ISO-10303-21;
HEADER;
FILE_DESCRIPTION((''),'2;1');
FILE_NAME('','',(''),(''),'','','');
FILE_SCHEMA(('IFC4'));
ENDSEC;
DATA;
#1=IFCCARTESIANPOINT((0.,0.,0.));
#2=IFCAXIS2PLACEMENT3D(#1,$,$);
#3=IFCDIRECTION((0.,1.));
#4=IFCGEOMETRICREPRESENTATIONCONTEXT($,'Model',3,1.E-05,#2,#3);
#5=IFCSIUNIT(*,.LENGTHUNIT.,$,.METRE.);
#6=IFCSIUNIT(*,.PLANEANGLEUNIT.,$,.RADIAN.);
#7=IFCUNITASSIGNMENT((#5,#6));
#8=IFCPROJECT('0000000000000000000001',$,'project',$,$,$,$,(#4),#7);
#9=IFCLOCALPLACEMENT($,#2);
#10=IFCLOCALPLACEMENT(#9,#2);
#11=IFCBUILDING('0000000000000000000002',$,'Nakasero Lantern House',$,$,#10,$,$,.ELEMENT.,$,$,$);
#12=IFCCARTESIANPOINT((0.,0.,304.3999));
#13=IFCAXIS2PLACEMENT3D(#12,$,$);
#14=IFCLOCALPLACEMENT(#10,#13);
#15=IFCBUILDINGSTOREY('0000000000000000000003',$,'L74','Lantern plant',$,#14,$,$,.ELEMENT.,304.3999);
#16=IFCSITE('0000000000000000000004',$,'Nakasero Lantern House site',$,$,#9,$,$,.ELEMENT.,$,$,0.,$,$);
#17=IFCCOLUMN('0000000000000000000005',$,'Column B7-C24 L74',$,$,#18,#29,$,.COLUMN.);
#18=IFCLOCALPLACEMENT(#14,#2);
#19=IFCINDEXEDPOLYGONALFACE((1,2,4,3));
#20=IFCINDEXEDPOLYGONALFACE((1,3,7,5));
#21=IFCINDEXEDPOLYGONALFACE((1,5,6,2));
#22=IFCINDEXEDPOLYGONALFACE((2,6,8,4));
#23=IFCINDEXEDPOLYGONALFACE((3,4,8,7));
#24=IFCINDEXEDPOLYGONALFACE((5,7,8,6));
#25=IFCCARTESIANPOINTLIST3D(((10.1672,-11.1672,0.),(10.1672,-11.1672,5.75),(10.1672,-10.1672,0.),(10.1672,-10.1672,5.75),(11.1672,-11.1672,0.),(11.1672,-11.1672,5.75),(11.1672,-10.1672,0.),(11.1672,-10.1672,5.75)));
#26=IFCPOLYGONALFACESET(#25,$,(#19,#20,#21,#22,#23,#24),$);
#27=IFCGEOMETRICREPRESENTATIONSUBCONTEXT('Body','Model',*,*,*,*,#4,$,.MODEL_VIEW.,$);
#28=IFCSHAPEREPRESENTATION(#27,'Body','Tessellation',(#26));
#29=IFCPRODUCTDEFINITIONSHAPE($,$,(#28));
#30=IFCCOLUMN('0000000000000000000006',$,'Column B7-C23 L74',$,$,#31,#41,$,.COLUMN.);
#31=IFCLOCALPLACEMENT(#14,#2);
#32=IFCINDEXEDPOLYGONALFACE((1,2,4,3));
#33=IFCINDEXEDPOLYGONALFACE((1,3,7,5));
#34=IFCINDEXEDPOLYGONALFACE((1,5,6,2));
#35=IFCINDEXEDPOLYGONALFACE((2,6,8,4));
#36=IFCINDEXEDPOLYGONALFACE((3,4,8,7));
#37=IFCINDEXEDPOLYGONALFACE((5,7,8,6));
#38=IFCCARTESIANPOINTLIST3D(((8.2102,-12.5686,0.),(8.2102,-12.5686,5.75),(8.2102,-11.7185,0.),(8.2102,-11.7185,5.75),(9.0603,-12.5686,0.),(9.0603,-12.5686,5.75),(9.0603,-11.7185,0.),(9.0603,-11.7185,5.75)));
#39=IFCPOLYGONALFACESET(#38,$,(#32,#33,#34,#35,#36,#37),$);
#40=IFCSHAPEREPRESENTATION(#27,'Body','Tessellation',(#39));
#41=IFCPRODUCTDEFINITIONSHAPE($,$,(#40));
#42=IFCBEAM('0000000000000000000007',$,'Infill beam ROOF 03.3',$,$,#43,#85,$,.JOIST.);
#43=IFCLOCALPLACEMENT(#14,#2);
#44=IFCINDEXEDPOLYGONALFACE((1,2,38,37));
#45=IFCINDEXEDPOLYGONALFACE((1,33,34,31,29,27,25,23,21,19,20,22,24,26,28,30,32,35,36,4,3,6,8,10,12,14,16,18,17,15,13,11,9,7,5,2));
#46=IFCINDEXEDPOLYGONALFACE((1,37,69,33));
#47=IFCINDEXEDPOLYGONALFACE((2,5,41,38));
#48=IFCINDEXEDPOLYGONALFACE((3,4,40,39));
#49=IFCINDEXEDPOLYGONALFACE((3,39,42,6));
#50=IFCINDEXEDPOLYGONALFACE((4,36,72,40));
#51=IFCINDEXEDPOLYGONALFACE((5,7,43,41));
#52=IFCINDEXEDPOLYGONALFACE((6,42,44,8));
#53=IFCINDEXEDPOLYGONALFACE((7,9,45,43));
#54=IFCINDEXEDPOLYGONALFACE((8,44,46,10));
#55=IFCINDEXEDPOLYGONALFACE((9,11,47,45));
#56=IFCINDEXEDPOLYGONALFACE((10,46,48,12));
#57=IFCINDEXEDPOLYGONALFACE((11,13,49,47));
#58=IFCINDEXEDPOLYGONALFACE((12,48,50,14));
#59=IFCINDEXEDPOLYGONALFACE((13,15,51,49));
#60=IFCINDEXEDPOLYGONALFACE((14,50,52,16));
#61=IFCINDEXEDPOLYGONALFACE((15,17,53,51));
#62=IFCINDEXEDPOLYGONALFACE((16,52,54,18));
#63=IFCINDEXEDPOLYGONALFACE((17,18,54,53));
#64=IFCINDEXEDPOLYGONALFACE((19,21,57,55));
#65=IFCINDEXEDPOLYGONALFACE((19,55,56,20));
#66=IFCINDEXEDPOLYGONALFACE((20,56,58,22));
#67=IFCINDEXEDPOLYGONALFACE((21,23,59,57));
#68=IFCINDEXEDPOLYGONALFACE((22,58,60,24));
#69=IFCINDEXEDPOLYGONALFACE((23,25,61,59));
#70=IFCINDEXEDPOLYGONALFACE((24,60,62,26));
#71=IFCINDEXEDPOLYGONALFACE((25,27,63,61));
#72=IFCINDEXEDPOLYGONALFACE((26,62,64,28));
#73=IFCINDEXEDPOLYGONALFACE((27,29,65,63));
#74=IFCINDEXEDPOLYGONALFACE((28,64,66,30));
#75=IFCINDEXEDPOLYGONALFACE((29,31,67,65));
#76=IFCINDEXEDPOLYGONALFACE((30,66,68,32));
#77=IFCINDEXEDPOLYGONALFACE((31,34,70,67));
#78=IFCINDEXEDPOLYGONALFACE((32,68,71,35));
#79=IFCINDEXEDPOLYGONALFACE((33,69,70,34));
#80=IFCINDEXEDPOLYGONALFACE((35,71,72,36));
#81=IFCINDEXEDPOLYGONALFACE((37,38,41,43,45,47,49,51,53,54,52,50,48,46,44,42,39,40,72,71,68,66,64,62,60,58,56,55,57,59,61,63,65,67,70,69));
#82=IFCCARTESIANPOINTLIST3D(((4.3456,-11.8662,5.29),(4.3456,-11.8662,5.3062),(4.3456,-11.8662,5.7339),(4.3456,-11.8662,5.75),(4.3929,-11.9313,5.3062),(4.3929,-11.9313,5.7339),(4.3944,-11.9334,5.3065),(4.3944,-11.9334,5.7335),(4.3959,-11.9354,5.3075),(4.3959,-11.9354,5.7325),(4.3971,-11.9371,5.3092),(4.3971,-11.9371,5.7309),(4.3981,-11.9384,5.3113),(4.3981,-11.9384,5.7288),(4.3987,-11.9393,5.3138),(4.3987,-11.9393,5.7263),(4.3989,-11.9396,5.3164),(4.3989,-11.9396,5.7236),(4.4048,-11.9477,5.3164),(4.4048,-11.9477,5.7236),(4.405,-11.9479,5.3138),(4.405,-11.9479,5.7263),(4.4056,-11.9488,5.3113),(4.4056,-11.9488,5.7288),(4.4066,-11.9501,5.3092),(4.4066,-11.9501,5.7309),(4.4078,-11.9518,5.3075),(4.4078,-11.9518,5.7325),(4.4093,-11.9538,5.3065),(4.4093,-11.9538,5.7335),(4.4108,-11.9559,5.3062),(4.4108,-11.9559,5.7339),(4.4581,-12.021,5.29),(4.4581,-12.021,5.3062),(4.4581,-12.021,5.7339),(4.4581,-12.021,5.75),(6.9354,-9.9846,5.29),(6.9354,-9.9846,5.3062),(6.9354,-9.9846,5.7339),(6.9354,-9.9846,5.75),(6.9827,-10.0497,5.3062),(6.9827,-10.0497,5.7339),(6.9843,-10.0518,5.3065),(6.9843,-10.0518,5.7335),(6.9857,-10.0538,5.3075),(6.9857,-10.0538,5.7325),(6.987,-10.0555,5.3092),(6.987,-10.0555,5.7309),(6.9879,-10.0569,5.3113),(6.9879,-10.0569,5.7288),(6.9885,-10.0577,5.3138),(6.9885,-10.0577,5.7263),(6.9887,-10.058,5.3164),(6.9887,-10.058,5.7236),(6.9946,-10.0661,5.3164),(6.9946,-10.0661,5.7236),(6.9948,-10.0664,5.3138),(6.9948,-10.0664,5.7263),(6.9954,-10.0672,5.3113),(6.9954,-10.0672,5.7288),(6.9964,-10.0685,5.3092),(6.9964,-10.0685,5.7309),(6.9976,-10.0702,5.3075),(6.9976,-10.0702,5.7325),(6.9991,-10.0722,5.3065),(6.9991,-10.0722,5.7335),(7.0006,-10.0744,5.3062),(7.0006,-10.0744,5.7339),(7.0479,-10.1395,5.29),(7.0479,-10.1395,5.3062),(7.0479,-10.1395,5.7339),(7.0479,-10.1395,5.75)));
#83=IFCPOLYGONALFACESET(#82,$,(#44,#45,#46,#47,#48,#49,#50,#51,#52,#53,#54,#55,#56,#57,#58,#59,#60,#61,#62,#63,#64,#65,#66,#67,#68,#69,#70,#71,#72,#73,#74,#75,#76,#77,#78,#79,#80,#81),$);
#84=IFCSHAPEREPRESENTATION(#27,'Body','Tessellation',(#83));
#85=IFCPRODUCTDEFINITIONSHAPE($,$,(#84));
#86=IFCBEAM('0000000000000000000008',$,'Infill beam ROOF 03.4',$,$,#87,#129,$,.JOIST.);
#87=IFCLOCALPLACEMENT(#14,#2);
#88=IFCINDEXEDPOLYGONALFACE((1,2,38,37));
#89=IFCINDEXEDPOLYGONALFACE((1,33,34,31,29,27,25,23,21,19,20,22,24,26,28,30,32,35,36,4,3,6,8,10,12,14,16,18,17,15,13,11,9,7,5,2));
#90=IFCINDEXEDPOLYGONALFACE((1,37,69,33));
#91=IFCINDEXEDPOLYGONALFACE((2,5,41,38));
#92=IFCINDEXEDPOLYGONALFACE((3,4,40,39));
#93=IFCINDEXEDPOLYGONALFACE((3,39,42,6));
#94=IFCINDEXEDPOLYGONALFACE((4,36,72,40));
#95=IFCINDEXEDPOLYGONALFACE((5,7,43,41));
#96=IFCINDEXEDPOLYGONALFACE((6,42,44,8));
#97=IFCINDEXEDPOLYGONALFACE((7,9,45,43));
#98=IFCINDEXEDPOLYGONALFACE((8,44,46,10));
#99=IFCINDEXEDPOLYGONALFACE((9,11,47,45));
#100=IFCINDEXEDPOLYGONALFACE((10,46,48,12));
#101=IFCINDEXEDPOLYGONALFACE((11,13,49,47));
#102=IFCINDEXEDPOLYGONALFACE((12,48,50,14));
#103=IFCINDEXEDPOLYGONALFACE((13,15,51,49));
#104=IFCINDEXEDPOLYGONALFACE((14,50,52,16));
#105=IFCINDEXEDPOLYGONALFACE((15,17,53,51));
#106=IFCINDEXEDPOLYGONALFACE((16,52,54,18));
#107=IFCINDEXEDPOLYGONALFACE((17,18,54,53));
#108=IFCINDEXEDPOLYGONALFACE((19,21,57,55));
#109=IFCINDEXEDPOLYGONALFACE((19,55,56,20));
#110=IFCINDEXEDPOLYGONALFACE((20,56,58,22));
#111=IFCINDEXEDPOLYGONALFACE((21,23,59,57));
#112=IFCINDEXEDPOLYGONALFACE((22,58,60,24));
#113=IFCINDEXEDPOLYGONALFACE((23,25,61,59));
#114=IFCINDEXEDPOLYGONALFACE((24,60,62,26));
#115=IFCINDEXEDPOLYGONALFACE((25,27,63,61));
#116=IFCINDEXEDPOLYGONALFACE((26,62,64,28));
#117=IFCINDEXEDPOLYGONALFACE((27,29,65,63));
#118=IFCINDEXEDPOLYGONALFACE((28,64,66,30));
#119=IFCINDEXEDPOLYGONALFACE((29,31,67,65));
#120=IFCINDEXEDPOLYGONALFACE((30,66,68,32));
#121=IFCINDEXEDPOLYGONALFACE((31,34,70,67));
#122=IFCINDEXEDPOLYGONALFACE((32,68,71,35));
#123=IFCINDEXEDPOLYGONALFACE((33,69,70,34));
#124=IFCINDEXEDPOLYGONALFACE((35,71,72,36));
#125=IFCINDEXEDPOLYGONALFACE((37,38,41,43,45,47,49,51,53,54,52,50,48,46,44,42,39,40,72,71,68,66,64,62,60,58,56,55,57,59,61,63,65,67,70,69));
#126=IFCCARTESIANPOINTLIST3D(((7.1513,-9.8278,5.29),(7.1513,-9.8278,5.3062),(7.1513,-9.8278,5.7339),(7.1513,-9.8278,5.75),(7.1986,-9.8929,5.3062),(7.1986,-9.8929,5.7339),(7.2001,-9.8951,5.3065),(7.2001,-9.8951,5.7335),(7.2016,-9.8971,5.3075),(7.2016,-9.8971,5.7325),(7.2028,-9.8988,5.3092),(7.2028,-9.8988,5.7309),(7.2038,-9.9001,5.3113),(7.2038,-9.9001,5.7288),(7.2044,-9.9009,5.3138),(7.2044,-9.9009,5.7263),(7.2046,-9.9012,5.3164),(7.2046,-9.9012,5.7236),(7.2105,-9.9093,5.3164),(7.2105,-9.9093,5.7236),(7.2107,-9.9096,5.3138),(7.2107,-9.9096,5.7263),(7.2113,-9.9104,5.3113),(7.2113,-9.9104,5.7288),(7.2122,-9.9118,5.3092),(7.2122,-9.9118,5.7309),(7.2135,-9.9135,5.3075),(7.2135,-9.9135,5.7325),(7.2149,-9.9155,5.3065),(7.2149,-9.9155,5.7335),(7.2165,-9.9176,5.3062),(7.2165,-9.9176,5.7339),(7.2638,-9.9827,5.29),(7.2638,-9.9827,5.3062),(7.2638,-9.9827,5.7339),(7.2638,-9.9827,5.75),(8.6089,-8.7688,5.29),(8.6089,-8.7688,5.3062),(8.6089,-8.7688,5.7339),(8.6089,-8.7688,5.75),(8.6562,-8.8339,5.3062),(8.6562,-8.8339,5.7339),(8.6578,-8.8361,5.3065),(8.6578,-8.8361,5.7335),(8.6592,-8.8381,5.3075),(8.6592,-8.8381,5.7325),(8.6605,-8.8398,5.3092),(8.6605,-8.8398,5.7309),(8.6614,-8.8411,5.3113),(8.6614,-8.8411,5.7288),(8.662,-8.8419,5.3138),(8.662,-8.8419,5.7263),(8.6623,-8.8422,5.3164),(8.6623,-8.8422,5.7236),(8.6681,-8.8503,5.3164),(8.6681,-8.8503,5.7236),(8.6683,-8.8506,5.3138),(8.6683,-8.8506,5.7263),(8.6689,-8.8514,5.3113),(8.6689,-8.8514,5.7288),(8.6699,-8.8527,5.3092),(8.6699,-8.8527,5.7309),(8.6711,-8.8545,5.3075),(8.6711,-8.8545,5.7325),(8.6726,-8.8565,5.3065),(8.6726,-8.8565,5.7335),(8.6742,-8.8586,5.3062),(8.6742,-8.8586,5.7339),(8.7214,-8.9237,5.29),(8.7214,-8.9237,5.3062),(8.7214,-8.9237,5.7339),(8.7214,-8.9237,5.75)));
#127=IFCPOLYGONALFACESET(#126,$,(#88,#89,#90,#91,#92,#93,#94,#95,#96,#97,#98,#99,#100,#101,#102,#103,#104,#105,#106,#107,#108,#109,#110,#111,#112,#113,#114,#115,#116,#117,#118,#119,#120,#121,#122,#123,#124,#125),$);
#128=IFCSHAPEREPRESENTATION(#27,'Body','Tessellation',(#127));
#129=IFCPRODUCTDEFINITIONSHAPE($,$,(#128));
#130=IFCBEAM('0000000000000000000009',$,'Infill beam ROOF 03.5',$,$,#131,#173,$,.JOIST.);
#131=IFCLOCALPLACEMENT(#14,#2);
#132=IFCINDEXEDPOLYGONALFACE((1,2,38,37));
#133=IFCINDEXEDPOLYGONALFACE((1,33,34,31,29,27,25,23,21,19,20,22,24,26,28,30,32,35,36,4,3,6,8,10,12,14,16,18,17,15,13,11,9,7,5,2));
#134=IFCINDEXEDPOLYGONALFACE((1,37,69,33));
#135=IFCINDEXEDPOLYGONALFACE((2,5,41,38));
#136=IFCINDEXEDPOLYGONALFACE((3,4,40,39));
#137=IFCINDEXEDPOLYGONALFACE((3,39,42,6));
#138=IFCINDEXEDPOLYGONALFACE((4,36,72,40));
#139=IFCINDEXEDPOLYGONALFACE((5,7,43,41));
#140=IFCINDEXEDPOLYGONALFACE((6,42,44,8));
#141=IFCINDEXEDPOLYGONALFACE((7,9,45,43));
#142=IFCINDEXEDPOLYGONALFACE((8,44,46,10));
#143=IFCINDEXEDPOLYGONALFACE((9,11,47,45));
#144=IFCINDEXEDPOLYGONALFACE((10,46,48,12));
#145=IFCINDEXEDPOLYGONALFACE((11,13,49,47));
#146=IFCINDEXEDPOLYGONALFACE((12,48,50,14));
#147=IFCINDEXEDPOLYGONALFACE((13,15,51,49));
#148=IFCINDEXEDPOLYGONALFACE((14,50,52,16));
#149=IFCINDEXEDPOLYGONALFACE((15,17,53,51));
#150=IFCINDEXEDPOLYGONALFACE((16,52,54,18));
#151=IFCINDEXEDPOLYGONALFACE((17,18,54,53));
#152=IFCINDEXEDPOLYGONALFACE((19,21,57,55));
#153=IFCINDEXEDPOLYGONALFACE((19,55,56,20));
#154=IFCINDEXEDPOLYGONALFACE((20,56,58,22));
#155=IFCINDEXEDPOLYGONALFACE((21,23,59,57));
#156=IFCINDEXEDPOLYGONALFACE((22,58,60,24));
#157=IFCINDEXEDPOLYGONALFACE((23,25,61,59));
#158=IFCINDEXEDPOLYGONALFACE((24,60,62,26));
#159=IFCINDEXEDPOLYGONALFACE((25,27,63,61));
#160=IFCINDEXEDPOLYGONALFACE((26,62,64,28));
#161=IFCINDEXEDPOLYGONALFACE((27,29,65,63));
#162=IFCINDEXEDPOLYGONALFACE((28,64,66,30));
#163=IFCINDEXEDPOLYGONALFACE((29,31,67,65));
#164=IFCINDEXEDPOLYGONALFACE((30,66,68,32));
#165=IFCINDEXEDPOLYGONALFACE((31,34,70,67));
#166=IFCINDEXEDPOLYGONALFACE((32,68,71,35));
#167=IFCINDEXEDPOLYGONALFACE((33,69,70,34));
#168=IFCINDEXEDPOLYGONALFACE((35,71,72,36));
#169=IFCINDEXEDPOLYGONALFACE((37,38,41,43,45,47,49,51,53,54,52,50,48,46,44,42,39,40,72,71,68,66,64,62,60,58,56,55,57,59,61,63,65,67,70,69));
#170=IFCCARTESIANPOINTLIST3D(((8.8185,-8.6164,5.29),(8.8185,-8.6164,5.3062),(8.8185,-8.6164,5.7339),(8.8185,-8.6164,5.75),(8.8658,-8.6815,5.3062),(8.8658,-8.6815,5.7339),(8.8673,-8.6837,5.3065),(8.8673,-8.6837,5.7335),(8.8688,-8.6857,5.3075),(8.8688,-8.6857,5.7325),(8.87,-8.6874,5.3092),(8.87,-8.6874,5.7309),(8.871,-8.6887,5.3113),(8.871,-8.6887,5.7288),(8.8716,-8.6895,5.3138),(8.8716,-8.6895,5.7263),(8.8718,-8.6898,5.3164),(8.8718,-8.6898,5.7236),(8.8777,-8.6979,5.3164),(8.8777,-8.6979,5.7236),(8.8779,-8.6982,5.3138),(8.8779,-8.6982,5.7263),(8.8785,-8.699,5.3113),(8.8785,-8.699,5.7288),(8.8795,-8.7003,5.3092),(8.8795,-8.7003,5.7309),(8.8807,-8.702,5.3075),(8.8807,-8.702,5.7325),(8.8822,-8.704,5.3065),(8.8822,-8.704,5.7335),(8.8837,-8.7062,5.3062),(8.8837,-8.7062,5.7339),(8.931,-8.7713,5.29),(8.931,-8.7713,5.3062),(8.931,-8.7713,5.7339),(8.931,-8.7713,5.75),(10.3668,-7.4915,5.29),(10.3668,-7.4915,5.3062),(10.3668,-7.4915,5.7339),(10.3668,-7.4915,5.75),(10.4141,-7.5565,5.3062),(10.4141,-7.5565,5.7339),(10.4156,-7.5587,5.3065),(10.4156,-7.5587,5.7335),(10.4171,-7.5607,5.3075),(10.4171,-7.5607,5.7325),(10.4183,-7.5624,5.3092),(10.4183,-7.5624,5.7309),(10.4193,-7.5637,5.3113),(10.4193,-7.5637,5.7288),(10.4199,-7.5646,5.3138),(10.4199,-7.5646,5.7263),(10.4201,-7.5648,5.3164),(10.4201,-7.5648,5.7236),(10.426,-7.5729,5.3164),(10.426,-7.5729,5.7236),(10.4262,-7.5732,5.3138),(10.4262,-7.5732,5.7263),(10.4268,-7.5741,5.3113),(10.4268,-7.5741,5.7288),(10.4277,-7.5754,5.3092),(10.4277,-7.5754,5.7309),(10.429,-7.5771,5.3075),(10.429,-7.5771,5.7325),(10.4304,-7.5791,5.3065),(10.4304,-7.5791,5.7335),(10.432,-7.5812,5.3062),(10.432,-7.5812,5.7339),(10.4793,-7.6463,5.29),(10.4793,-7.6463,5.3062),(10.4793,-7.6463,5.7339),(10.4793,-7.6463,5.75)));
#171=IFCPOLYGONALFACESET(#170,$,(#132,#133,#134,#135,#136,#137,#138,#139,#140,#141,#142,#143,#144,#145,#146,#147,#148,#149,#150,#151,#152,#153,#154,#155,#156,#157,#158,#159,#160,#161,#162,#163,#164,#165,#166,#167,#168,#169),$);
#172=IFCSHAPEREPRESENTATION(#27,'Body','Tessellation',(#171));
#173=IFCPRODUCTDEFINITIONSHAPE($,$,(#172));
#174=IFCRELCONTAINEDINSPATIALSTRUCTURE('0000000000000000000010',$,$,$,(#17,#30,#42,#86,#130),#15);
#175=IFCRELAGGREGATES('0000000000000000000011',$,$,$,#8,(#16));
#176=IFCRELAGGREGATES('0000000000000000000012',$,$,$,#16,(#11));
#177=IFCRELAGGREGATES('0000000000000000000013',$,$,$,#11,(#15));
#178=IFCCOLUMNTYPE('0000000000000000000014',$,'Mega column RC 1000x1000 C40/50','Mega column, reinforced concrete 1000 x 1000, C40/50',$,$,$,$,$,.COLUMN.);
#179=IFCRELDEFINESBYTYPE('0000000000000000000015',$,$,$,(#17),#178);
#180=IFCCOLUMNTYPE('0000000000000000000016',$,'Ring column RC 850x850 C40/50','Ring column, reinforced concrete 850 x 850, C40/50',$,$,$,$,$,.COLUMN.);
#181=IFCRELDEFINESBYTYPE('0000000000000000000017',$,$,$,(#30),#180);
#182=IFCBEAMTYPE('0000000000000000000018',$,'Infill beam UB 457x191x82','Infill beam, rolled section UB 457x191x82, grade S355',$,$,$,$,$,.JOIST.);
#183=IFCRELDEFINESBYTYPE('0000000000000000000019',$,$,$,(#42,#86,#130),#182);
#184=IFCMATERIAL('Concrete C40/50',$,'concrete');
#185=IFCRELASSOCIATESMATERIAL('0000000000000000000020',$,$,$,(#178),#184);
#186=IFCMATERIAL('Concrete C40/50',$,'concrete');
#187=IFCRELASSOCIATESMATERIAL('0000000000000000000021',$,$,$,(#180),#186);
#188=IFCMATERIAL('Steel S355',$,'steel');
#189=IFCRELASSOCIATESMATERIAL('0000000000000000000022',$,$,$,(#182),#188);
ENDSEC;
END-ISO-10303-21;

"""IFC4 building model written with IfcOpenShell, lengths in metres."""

from ifc_helpers import new_model, si_unit, direction, frame, origin, origin_2d, place, context, subcontext, project, spatial, rectangle, i_section, extrude, material, material_profile, profile_set, type_object, element, save


model = new_model("IFC4")

# Units and contexts
model_context = context("Model", 3, precision=1e-05, world=origin(), true_north=direction((0.0, 1.0)))
body_context = subcontext(model_context, "Body", "Model", "MODEL_VIEW")
ifc_project = project(units=[si_unit("LENGTHUNIT", "METRE"), si_unit("PLANEANGLEUNIT", "RADIAN")], contexts=[model_context])

# Site, building, storey
site_placement = place(None, origin())
site = spatial("IfcSite", under=ifc_project, at=site_placement, Name="Nakasero Lantern House site", CompositionType="ELEMENT", RefElevation=0.0)
building_placement = place(site_placement, origin())
building = spatial("IfcBuilding", under=site, at=building_placement, Name="Nakasero Lantern House", CompositionType="ELEMENT")
storey_placement = place(building_placement, frame((0.0, 0.0, 304.3999)))
storey = spatial("IfcBuildingStorey", under=building, at=storey_placement, Name="L74", Description="Lantern plant", CompositionType="ELEMENT", Elevation=304.3999)

# Columns
ifc_material_1 = material(Name="Concrete C40/50", Category="concrete")
ifc_material_profile_1 = material_profile(ifc_material_1, rectangle(XDim=1.0, YDim=1.0, at=origin_2d()), Name="RC 1000x1000")
ifc_profile_set_1 = profile_set([ifc_material_profile_1], Name="Concrete C40/50")
column_type_1 = type_object("IfcColumnType", Name="Mega column RC 1000x1000 C40/50", Description="Mega column, reinforced concrete 1000 x 1000, C40/50", PredefinedType="COLUMN", material=ifc_profile_set_1)
column_1_placement = place(storey_placement, frame((10.6672, -10.6672, 0.0), z_axis=(0.0, 0.0, 1.0), x_axis=(1.0, 0.0, 0.0)))
element("IfcColumn", 1, at=column_1_placement, inside=storey, type_object=column_type_1, Name="Column B7-C24 L74", PredefinedType="COLUMN", context=body_context, shape_type="SweptSolid", body=[
    extrude(rectangle(XDim=1.0, YDim=1.0, at=origin_2d()), origin(), (0.0, 0.0, 1.0), 5.75),
])
ifc_material_2 = material(Name="Concrete C40/50", Category="concrete")
ifc_material_profile_2 = material_profile(ifc_material_2, rectangle(XDim=0.8501, YDim=0.8501, at=origin_2d()), Name="RC 850x850")
ifc_profile_set_2 = profile_set([ifc_material_profile_2], Name="Concrete C40/50")
column_type_2 = type_object("IfcColumnType", Name="Ring column RC 850x850 C40/50", Description="Ring column, reinforced concrete 850 x 850, C40/50", PredefinedType="COLUMN", material=ifc_profile_set_2)
column_2_placement = place(storey_placement, frame((8.6353, -12.1436, 0.0), z_axis=(0.0, 0.0, 1.0), x_axis=(1.0, 0.0, 0.0)))
element("IfcColumn", 2, at=column_2_placement, inside=storey, type_object=column_type_2, Name="Column B7-C23 L74", PredefinedType="COLUMN", context=body_context, shape_type="SweptSolid", body=[
    extrude(rectangle(XDim=0.8501, YDim=0.8501, at=origin_2d()), origin(), (0.0, 0.0, 1.0), 5.75),
])

# Beams
ifc_material_3 = material(Name="Steel S355", Category="steel")
ifc_material_profile_3 = material_profile(ifc_material_3, i_section(OverallWidth=0.1914, OverallDepth=0.46, WebThickness=0.01, FlangeThickness=0.0161, FilletRadius=0.0103, at=origin_2d()), Name="UB 457x191x82")
ifc_profile_set_3 = profile_set([ifc_material_profile_3], Name="Steel S355")
beam_type_1 = type_object("IfcBeamType", Name="Infill beam UB 457x191x82", Description="Infill beam, rolled section UB 457x191x82, grade S355", PredefinedType="JOIST", material=ifc_profile_set_3)
beam_1_placement = place(storey_placement, frame((4.4019, -11.9436, 5.52), z_axis=(0.809023, 0.587777, 0.0), x_axis=(-0.587777, 0.809023, 0.0)))
element("IfcBeam", 3, at=beam_1_placement, inside=storey, type_object=beam_type_1, Name="Infill beam ROOF 03.3", PredefinedType="JOIST", context=body_context, shape_type="SweptSolid", body=[
    extrude(i_section(OverallWidth=0.1914, OverallDepth=0.46, WebThickness=0.01, FlangeThickness=0.0161, FilletRadius=0.0103, at=origin_2d()), origin(), (0.0, 0.0, 1.0), 3.2012),
])
beam_2_placement = place(storey_placement, frame((7.2075, -9.9053, 5.52), z_axis=(0.809029, 0.587769, 0.0), x_axis=(-0.587769, 0.809029, 0.0)))
element("IfcBeam", 4, at=beam_2_placement, inside=storey, type_object=beam_type_1, Name="Infill beam ROOF 03.4", PredefinedType="JOIST", context=body_context, shape_type="SweptSolid", body=[
    extrude(i_section(OverallWidth=0.1914, OverallDepth=0.46, WebThickness=0.01, FlangeThickness=0.0161, FilletRadius=0.0103, at=origin_2d()), origin(), (0.0, 0.0, 1.0), 1.8018),
])
beam_3_placement = place(storey_placement, frame((8.8748, -8.6938, 5.52), z_axis=(0.809001, 0.587808, 0.0), x_axis=(-0.587808, 0.809001, 0.0)))
element("IfcBeam", 5, at=beam_3_placement, inside=storey, type_object=beam_type_1, Name="Infill beam ROOF 03.5", PredefinedType="JOIST", context=body_context, shape_type="SweptSolid", body=[
    extrude(i_section(OverallWidth=0.1914, OverallDepth=0.46, WebThickness=0.01, FlangeThickness=0.0161, FilletRadius=0.0103, at=origin_2d()), origin(), (0.0, 0.0, 1.0), 1.9138),
])

save(model, "model.ifc")
